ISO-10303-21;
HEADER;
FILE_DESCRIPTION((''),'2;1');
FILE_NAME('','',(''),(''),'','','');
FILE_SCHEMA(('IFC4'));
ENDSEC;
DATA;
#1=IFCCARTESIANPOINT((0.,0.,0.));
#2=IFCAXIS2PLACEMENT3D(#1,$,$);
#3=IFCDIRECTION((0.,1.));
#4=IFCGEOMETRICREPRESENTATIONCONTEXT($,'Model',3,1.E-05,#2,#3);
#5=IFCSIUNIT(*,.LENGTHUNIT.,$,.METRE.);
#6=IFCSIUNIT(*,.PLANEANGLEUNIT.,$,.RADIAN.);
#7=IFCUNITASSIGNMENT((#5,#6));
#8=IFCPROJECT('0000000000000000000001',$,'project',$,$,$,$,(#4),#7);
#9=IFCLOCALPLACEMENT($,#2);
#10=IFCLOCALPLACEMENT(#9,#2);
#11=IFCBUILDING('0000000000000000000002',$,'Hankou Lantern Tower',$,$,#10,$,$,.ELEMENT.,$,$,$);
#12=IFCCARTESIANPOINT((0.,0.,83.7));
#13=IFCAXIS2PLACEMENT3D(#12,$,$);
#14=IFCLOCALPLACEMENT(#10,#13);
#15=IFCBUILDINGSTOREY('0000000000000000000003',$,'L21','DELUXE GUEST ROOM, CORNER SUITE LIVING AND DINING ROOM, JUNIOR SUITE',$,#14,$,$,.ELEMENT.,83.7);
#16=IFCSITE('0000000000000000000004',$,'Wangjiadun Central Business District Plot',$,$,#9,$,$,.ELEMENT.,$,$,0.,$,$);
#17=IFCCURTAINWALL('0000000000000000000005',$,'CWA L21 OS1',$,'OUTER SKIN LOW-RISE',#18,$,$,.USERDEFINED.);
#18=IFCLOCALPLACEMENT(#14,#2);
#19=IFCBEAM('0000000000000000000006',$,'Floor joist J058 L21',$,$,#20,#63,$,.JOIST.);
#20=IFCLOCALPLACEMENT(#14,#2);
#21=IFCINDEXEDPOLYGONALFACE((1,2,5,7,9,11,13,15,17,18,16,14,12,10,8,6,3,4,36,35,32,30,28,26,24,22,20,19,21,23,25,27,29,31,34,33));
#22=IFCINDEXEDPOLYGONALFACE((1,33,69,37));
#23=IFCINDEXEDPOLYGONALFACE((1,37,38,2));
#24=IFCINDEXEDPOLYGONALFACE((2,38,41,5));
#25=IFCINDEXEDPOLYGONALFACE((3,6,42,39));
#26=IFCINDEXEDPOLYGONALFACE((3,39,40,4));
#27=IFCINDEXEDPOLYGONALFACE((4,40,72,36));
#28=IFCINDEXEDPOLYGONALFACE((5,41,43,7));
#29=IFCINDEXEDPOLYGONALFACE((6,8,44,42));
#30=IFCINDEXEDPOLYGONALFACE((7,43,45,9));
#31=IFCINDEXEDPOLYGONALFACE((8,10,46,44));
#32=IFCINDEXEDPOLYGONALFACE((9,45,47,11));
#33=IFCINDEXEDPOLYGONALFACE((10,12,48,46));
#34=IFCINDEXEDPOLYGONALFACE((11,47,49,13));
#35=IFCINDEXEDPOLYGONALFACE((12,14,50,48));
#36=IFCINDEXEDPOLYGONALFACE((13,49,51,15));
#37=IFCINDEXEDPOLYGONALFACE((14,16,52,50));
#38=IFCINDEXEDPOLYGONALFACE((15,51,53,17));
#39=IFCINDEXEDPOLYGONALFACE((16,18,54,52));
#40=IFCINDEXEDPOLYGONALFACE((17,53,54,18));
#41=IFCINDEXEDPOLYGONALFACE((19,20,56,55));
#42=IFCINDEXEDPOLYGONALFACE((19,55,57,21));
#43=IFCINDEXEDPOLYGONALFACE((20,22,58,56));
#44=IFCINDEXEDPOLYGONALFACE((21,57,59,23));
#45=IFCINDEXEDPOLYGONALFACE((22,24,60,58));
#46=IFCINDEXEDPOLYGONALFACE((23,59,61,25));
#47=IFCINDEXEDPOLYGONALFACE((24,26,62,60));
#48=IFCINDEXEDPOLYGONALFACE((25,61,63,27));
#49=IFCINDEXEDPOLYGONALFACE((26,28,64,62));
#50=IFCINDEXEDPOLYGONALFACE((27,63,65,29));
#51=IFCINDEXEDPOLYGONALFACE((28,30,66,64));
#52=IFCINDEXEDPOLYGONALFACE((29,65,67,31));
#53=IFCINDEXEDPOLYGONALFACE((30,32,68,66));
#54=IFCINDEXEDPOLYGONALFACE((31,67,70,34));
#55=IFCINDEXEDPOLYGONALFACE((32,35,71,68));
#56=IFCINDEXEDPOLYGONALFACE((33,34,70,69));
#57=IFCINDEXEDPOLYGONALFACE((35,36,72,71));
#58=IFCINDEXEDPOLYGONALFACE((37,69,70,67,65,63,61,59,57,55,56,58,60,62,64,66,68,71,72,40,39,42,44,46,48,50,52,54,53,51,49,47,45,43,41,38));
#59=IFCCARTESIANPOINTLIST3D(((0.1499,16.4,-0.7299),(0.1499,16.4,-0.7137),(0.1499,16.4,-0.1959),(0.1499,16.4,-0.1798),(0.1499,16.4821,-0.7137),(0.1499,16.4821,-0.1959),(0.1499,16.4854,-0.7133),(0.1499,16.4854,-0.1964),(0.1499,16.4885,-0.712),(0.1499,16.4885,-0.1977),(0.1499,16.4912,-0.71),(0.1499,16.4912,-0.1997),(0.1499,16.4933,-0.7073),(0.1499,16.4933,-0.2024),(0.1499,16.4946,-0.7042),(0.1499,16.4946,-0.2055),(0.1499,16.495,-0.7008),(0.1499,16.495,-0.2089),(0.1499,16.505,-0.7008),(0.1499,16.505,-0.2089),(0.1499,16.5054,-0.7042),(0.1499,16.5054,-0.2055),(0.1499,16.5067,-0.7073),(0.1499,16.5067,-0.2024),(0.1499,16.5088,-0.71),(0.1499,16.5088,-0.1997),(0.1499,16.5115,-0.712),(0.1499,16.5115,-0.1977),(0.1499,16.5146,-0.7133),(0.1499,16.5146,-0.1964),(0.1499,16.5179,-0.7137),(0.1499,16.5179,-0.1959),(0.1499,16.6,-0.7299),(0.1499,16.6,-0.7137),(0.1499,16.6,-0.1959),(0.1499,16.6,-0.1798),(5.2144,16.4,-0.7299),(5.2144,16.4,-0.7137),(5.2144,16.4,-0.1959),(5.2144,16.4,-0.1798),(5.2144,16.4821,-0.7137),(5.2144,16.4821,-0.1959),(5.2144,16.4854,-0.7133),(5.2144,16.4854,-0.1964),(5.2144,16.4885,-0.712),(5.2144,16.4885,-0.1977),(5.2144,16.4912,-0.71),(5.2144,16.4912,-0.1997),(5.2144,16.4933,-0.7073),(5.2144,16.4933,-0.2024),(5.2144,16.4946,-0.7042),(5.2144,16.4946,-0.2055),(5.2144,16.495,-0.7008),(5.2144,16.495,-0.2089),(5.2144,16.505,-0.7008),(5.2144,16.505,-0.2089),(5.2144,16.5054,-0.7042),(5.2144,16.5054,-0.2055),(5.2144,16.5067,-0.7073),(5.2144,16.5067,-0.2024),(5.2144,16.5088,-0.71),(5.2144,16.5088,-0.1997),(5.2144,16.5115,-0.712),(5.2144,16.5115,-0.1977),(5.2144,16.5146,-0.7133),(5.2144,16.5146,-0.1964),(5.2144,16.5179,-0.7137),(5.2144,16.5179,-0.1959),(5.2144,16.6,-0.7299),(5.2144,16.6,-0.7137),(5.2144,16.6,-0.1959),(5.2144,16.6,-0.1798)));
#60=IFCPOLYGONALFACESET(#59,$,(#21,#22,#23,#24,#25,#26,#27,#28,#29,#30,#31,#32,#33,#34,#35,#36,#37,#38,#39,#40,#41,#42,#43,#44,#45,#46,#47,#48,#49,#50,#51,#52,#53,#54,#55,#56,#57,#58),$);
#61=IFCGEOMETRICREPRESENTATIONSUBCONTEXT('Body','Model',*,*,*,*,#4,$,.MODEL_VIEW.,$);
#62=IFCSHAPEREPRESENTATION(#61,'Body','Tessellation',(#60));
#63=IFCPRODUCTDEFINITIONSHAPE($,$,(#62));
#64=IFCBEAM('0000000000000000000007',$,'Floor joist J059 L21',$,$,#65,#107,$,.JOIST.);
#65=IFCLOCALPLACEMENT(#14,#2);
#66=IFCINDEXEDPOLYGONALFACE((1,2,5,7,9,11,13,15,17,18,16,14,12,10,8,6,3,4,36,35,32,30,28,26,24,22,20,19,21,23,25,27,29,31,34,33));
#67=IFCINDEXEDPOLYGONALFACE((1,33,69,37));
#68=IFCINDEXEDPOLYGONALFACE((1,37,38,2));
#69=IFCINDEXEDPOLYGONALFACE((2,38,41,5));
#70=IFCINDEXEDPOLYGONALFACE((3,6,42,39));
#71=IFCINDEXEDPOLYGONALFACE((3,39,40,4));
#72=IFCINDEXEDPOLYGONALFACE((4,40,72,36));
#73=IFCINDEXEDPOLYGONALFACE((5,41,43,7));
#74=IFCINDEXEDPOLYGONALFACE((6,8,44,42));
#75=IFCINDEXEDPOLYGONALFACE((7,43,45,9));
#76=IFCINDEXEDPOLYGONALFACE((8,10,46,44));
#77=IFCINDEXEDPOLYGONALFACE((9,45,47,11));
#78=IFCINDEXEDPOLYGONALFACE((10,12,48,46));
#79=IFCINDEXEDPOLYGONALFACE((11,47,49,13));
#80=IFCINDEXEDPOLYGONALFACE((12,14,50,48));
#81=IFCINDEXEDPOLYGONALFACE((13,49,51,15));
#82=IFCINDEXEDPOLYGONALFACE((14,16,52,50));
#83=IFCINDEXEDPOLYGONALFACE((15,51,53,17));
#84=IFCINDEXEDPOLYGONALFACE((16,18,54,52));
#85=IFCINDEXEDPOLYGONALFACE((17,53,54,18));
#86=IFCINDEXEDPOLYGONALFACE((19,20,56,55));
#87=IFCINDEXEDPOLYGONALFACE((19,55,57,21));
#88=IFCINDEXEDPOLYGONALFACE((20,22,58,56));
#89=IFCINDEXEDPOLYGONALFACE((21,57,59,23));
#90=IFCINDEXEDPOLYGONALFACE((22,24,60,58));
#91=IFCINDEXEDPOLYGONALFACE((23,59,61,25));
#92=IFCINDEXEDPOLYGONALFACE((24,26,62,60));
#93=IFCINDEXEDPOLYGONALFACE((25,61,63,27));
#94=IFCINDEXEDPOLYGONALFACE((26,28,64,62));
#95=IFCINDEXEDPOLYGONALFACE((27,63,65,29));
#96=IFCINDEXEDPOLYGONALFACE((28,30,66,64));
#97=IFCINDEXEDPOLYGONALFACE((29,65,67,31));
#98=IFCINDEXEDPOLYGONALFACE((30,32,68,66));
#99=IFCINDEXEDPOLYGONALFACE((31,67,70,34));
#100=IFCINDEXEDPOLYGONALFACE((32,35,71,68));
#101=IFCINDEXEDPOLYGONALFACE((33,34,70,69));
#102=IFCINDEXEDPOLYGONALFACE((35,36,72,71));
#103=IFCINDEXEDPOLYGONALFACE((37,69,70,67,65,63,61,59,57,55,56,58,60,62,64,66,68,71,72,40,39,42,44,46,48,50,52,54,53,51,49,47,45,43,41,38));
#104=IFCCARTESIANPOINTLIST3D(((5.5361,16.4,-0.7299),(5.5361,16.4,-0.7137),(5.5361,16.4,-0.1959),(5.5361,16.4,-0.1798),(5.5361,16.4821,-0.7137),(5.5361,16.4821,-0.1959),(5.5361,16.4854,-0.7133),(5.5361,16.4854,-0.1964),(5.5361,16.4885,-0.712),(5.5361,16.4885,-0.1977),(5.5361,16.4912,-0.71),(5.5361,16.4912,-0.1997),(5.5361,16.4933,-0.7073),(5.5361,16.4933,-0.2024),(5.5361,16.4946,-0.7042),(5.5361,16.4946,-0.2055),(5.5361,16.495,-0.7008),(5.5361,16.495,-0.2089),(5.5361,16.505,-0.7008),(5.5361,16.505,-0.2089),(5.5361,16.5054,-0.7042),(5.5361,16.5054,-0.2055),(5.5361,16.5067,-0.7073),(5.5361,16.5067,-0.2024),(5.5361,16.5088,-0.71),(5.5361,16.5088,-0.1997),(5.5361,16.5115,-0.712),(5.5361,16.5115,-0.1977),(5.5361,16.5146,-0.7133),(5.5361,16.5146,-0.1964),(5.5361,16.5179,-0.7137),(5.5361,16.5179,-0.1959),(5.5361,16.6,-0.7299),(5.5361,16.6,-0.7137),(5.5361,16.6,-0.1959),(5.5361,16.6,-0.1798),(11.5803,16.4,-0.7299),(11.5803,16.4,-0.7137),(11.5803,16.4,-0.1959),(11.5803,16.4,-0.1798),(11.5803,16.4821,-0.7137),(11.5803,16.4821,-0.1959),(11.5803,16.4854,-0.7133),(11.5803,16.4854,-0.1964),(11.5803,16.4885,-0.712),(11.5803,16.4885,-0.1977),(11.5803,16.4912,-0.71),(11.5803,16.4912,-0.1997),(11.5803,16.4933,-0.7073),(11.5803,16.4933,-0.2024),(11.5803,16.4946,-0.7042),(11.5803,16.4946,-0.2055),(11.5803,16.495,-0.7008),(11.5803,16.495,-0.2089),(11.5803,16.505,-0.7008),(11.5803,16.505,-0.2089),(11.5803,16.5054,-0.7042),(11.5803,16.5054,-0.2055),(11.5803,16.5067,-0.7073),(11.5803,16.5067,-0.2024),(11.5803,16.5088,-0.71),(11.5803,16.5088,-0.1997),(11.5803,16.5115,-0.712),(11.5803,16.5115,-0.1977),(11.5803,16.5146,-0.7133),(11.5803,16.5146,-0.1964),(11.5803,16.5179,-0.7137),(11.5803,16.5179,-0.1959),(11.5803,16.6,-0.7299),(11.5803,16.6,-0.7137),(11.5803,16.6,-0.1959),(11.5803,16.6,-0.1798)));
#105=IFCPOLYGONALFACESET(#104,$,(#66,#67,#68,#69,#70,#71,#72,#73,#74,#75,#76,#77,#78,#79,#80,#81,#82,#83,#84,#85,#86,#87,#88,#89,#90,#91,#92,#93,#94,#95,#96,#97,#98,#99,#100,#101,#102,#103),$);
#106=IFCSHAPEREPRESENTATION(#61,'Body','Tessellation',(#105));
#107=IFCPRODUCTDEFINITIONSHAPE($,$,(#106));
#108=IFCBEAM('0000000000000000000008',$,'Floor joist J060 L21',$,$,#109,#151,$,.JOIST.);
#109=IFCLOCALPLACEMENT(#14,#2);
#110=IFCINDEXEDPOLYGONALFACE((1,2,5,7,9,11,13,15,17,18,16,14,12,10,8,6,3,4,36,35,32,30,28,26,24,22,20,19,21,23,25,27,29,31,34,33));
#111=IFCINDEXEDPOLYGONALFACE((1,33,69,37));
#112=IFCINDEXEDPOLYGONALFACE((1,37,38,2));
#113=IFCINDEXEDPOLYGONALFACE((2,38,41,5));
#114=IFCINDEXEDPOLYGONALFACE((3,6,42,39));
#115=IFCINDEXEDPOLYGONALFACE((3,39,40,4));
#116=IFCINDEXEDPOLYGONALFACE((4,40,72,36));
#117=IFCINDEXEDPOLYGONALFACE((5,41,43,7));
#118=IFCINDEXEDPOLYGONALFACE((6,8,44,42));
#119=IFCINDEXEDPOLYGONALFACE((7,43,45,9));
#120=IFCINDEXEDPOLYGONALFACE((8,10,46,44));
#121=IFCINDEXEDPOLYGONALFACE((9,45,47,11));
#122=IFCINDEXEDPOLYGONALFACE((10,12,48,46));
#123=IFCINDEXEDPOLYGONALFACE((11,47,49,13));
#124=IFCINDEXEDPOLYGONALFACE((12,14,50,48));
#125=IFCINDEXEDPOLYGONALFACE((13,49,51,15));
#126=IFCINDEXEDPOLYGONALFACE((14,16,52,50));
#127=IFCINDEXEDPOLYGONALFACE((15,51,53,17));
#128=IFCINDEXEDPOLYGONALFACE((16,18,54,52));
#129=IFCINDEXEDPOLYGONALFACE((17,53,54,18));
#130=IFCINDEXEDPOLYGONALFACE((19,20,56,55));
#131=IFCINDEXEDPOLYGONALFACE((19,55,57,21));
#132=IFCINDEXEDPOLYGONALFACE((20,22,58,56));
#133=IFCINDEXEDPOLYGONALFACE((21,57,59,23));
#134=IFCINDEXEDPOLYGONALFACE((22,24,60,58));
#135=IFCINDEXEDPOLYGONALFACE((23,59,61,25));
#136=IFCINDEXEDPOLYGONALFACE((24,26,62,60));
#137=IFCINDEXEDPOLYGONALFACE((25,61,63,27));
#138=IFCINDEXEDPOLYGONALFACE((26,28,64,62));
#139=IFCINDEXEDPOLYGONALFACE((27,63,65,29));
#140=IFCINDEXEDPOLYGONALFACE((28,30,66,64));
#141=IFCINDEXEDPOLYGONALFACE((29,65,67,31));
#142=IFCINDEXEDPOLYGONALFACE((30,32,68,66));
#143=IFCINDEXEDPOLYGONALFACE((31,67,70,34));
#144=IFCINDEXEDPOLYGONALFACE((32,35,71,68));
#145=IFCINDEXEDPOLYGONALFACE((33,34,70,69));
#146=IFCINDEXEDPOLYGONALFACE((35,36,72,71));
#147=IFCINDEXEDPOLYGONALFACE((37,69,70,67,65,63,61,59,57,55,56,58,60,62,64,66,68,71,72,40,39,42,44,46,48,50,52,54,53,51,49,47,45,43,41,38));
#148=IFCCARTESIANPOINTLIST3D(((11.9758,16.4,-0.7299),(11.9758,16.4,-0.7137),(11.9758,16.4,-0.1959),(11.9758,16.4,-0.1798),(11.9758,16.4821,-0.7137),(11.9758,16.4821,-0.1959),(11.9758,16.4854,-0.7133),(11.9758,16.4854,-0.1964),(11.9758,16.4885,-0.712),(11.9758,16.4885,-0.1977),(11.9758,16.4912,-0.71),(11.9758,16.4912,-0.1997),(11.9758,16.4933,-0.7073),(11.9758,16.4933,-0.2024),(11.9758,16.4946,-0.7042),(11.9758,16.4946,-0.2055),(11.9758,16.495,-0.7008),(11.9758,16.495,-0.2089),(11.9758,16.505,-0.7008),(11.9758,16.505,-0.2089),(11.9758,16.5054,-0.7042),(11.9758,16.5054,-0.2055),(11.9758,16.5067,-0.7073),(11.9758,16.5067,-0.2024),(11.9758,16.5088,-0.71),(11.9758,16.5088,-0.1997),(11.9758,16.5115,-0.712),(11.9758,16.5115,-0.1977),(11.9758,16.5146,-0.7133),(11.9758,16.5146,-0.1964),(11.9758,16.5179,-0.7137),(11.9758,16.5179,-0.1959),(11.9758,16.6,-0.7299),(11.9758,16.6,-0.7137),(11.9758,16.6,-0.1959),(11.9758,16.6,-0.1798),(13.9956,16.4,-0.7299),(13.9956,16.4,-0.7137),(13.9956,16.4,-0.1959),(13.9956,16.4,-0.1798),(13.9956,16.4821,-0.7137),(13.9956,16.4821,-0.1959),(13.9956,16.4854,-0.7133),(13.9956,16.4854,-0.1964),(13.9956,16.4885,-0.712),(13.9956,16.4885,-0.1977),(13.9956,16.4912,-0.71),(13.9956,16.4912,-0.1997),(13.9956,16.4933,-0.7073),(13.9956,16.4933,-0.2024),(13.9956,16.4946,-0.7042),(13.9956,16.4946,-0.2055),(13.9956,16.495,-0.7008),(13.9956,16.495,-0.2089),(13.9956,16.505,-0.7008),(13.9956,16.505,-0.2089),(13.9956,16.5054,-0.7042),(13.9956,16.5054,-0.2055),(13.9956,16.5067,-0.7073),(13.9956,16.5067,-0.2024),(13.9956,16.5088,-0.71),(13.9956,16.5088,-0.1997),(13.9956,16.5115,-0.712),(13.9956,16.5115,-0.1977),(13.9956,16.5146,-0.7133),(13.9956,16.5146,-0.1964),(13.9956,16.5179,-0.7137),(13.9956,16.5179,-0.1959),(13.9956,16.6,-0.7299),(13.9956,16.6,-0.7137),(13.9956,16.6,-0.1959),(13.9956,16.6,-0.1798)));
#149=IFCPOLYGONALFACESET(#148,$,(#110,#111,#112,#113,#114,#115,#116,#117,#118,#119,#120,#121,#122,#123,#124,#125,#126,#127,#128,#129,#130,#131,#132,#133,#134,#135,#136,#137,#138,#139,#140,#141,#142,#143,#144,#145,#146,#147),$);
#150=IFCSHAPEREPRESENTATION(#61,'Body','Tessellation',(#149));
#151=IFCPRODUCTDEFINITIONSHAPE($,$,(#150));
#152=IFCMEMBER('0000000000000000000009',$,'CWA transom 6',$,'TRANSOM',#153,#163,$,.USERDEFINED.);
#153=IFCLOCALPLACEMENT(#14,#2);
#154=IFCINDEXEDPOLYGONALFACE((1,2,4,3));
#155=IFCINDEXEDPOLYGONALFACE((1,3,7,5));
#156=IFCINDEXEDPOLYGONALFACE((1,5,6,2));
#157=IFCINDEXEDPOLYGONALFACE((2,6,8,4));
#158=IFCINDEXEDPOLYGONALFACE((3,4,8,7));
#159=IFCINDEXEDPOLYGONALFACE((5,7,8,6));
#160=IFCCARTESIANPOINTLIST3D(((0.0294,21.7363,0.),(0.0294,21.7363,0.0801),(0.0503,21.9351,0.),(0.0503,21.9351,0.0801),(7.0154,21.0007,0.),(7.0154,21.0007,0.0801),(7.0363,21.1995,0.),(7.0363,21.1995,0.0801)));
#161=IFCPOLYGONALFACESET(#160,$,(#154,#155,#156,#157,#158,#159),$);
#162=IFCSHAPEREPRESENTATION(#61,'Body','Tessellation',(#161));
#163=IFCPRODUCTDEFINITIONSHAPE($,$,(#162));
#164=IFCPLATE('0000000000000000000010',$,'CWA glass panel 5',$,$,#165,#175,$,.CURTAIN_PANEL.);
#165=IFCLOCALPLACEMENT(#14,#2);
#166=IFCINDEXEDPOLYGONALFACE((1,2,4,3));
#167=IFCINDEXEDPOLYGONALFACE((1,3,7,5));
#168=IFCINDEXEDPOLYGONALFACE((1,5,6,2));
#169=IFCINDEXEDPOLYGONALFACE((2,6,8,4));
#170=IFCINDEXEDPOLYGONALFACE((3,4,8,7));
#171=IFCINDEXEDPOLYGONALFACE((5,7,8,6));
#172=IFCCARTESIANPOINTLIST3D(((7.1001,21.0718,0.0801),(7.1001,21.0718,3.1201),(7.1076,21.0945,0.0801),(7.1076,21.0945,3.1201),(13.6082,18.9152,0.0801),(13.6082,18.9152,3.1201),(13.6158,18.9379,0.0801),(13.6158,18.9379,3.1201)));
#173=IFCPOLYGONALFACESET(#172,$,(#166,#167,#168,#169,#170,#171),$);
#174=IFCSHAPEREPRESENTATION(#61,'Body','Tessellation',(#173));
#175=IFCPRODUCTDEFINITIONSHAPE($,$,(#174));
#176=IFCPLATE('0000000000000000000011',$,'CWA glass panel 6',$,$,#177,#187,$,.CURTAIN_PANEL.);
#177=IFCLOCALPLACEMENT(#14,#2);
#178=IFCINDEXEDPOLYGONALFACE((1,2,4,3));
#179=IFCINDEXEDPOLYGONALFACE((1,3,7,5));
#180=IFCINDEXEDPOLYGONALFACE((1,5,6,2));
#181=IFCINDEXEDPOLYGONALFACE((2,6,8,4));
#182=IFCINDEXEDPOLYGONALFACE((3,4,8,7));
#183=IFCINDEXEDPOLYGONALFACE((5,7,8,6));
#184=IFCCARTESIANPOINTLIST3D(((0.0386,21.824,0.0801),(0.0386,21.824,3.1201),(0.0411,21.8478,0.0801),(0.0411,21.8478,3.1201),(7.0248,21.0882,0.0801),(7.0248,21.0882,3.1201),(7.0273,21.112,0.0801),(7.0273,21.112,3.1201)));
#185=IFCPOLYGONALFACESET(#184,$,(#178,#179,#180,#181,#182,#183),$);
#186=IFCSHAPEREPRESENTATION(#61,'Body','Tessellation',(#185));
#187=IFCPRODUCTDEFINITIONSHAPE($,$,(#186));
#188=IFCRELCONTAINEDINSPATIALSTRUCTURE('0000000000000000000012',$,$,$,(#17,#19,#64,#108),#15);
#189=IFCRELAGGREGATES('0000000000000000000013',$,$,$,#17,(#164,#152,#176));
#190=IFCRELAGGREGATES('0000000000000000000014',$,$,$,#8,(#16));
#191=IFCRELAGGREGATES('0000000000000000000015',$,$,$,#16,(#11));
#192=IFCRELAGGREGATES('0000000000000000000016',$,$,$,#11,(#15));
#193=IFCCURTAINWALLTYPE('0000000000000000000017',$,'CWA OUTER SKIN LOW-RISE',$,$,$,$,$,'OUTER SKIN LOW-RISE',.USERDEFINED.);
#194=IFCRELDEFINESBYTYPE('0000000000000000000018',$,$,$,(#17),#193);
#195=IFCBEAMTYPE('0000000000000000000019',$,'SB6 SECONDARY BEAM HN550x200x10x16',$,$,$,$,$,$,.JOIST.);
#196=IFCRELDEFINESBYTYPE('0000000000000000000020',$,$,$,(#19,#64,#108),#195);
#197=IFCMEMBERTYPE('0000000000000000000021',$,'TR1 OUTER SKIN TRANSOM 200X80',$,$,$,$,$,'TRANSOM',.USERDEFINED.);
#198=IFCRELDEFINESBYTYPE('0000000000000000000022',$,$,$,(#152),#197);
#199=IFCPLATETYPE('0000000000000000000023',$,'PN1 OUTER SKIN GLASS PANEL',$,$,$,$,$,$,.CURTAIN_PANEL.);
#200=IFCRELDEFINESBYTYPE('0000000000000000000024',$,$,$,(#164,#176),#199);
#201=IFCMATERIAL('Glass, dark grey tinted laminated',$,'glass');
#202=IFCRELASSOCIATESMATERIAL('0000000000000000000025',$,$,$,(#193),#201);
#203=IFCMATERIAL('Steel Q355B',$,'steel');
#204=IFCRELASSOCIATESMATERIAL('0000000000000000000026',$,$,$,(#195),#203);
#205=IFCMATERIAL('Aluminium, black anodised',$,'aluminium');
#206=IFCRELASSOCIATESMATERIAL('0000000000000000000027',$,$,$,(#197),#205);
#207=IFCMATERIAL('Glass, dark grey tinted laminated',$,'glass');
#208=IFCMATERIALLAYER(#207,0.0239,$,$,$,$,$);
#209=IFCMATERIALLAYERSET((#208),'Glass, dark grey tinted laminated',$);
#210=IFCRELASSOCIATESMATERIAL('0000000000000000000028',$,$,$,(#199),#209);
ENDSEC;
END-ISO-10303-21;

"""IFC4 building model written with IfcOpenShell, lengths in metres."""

from ifc_helpers import new_model, si_unit, direction, frame, origin, origin_2d, place, context, subcontext, project, spatial, rectangle, i_section, extrude, material, layer, layer_set, material_profile, profile_set, type_object, element, aggregate, save


model = new_model("IFC4")

# Units and contexts
model_context = context("Model", 3, precision=1e-05, world=origin(), true_north=direction((0.0, 1.0)))
body_context = subcontext(model_context, "Body", "Model", "MODEL_VIEW")
ifc_project = project(units=[si_unit("LENGTHUNIT", "METRE"), si_unit("PLANEANGLEUNIT", "RADIAN")], contexts=[model_context])

# Site, building, storey
site_placement = place(None, origin())
site = spatial("IfcSite", under=ifc_project, at=site_placement, Name="Wangjiadun Central Business District Plot", CompositionType="ELEMENT", RefElevation=0.0)
building_placement = place(site_placement, origin())
building = spatial("IfcBuilding", under=site, at=building_placement, Name="Hankou Lantern Tower", CompositionType="ELEMENT")
storey_placement = place(building_placement, frame((0.0, 0.0, 83.7)))
storey = spatial("IfcBuildingStorey", under=building, at=storey_placement, Name="L21", Description="DELUXE GUEST ROOM, CORNER SUITE LIVING AND DINING ROOM, JUNIOR SUITE", CompositionType="ELEMENT", Elevation=83.7)

# Curtain wall
ifc_material_1 = material(Name="Glass, dark grey tinted laminated", Category="glass")
curtain_wall_type = type_object("IfcCurtainWallType", Name="CWA OUTER SKIN LOW-RISE", ElementType="OUTER SKIN LOW-RISE", PredefinedType="USERDEFINED", material=ifc_material_1)
curtain_wall_1_placement = place(storey_placement, origin())
curtain_wall_1 = element("IfcCurtainWall", 1, at=curtain_wall_1_placement, inside=storey, type_object=curtain_wall_type, Name="CWA L21 OS1", ObjectType="OUTER SKIN LOW-RISE", PredefinedType="USERDEFINED")

# Beams
ifc_material_2 = material(Name="Steel Q355B", Category="steel")
ifc_material_profile_1 = material_profile(ifc_material_2, i_section(OverallWidth=0.2, OverallDepth=0.55, WebThickness=0.01, FlangeThickness=0.0161, FilletRadius=0.0129, at=origin_2d()), Name="HN550x200x10x16")
ifc_profile_set_1 = profile_set([ifc_material_profile_1], Name="Steel Q355B")
beam_type_1 = type_object("IfcBeamType", Name="SB6 SECONDARY BEAM HN550x200x10x16", PredefinedType="JOIST", material=ifc_profile_set_1)
beam_1_placement = place(storey_placement, frame((0.1499, 16.5, -0.4548), z_axis=(1.0, 0.0, 0.0), x_axis=(0.0, 1.0, 0.0)))
element("IfcBeam", 2, at=beam_1_placement, inside=storey, type_object=beam_type_1, Name="Floor joist J058 L21", PredefinedType="JOIST", context=body_context, shape_type="SweptSolid", body=[
    extrude(i_section(OverallWidth=0.2, OverallDepth=0.55, WebThickness=0.01, FlangeThickness=0.0161, FilletRadius=0.0129, at=origin_2d()), origin(), (0.0, 0.0, 1.0), 5.0645),
])
beam_2_placement = place(storey_placement, frame((5.5361, 16.5, -0.4548), z_axis=(1.0, 0.0, 0.0), x_axis=(0.0, 1.0, 0.0)))
element("IfcBeam", 3, at=beam_2_placement, inside=storey, type_object=beam_type_1, Name="Floor joist J059 L21", PredefinedType="JOIST", context=body_context, shape_type="SweptSolid", body=[
    extrude(i_section(OverallWidth=0.2, OverallDepth=0.55, WebThickness=0.01, FlangeThickness=0.0161, FilletRadius=0.0129, at=origin_2d()), origin(), (0.0, 0.0, 1.0), 6.0442),
])
beam_3_placement = place(storey_placement, frame((11.9758, 16.5, -0.4548), z_axis=(1.0, 0.0, 0.0), x_axis=(0.0, 1.0, 0.0)))
element("IfcBeam", 4, at=beam_3_placement, inside=storey, type_object=beam_type_1, Name="Floor joist J060 L21", PredefinedType="JOIST", context=body_context, shape_type="SweptSolid", body=[
    extrude(i_section(OverallWidth=0.2, OverallDepth=0.55, WebThickness=0.01, FlangeThickness=0.0161, FilletRadius=0.0129, at=origin_2d()), origin(), (0.0, 0.0, 1.0), 2.0198),
])

# Member
ifc_material_3 = material(Name="Aluminium, black anodised", Category="aluminium")
ifc_material_profile_2 = material_profile(ifc_material_3, rectangle(XDim=0.2, YDim=0.0801, at=origin_2d()), Name="TR1 200X80")
ifc_profile_set_2 = profile_set([ifc_material_profile_2], Name="Aluminium, black anodised")
member_type_1 = type_object("IfcMemberType", Name="TR1 OUTER SKIN TRANSOM 200X80", ElementType="TRANSOM", PredefinedType="USERDEFINED", material=ifc_profile_set_2)
member_1_placement = place(storey_placement, frame((7.0259, 21.1001, 0.04), z_axis=(-0.994502, 0.104716, 0.0), x_axis=(-0.104716, -0.994502, 0.0)))
member_1 = element("IfcMember", 5, at=member_1_placement, type_object=member_type_1, Name="CWA transom 6", ObjectType="TRANSOM", PredefinedType="USERDEFINED", context=body_context, shape_type="SweptSolid", body=[
    extrude(rectangle(XDim=0.2, YDim=0.0801, at=origin_2d()), origin(), (0.0, 0.0, 1.0), 7.0247),
])

# Plates
ifc_material_4 = material(Name="Glass, dark grey tinted laminated", Category="glass")
ifc_layer_1 = layer(ifc_material_4, 0.0239)
ifc_layer_set_1 = layer_set([ifc_layer_1], Name="Glass, dark grey tinted laminated")
plate_type = type_object("IfcPlateType", Name="PN1 OUTER SKIN GLASS PANEL", PredefinedType="CURTAIN_PANEL", material=ifc_layer_set_1)
plate_1_placement = place(storey_placement, frame((10.3579, 20.0049, 0.0801), z_axis=(0.0, 0.0, 1.0), x_axis=(-0.949241, 0.314551, 0.0)))
plate_1 = element("IfcPlate", 6, at=plate_1_placement, type_object=plate_type, Name="CWA glass panel 5", PredefinedType="CURTAIN_PANEL", context=body_context, shape_type="SweptSolid", body=[
    extrude(rectangle(XDim=6.8562, YDim=0.0239, at=origin_2d()), origin(), (0.0, 0.0, 1.0), 3.04),
])
plate_2_placement = place(storey_placement, frame((3.533, 21.468, 0.0801), z_axis=(0.0, 0.0, 1.0), x_axis=(-0.994499, 0.104743, 0.0)))
plate_2 = element("IfcPlate", 7, at=plate_2_placement, type_object=plate_type, Name="CWA glass panel 6", PredefinedType="CURTAIN_PANEL", context=body_context, shape_type="SweptSolid", body=[
    extrude(rectangle(XDim=7.0249, YDim=0.0239, at=origin_2d()), origin(), (0.0, 0.0, 1.0), 3.04),
])
aggregate(curtain_wall_1, [plate_1, member_1, plate_2])

save(model, "model.ifc")
